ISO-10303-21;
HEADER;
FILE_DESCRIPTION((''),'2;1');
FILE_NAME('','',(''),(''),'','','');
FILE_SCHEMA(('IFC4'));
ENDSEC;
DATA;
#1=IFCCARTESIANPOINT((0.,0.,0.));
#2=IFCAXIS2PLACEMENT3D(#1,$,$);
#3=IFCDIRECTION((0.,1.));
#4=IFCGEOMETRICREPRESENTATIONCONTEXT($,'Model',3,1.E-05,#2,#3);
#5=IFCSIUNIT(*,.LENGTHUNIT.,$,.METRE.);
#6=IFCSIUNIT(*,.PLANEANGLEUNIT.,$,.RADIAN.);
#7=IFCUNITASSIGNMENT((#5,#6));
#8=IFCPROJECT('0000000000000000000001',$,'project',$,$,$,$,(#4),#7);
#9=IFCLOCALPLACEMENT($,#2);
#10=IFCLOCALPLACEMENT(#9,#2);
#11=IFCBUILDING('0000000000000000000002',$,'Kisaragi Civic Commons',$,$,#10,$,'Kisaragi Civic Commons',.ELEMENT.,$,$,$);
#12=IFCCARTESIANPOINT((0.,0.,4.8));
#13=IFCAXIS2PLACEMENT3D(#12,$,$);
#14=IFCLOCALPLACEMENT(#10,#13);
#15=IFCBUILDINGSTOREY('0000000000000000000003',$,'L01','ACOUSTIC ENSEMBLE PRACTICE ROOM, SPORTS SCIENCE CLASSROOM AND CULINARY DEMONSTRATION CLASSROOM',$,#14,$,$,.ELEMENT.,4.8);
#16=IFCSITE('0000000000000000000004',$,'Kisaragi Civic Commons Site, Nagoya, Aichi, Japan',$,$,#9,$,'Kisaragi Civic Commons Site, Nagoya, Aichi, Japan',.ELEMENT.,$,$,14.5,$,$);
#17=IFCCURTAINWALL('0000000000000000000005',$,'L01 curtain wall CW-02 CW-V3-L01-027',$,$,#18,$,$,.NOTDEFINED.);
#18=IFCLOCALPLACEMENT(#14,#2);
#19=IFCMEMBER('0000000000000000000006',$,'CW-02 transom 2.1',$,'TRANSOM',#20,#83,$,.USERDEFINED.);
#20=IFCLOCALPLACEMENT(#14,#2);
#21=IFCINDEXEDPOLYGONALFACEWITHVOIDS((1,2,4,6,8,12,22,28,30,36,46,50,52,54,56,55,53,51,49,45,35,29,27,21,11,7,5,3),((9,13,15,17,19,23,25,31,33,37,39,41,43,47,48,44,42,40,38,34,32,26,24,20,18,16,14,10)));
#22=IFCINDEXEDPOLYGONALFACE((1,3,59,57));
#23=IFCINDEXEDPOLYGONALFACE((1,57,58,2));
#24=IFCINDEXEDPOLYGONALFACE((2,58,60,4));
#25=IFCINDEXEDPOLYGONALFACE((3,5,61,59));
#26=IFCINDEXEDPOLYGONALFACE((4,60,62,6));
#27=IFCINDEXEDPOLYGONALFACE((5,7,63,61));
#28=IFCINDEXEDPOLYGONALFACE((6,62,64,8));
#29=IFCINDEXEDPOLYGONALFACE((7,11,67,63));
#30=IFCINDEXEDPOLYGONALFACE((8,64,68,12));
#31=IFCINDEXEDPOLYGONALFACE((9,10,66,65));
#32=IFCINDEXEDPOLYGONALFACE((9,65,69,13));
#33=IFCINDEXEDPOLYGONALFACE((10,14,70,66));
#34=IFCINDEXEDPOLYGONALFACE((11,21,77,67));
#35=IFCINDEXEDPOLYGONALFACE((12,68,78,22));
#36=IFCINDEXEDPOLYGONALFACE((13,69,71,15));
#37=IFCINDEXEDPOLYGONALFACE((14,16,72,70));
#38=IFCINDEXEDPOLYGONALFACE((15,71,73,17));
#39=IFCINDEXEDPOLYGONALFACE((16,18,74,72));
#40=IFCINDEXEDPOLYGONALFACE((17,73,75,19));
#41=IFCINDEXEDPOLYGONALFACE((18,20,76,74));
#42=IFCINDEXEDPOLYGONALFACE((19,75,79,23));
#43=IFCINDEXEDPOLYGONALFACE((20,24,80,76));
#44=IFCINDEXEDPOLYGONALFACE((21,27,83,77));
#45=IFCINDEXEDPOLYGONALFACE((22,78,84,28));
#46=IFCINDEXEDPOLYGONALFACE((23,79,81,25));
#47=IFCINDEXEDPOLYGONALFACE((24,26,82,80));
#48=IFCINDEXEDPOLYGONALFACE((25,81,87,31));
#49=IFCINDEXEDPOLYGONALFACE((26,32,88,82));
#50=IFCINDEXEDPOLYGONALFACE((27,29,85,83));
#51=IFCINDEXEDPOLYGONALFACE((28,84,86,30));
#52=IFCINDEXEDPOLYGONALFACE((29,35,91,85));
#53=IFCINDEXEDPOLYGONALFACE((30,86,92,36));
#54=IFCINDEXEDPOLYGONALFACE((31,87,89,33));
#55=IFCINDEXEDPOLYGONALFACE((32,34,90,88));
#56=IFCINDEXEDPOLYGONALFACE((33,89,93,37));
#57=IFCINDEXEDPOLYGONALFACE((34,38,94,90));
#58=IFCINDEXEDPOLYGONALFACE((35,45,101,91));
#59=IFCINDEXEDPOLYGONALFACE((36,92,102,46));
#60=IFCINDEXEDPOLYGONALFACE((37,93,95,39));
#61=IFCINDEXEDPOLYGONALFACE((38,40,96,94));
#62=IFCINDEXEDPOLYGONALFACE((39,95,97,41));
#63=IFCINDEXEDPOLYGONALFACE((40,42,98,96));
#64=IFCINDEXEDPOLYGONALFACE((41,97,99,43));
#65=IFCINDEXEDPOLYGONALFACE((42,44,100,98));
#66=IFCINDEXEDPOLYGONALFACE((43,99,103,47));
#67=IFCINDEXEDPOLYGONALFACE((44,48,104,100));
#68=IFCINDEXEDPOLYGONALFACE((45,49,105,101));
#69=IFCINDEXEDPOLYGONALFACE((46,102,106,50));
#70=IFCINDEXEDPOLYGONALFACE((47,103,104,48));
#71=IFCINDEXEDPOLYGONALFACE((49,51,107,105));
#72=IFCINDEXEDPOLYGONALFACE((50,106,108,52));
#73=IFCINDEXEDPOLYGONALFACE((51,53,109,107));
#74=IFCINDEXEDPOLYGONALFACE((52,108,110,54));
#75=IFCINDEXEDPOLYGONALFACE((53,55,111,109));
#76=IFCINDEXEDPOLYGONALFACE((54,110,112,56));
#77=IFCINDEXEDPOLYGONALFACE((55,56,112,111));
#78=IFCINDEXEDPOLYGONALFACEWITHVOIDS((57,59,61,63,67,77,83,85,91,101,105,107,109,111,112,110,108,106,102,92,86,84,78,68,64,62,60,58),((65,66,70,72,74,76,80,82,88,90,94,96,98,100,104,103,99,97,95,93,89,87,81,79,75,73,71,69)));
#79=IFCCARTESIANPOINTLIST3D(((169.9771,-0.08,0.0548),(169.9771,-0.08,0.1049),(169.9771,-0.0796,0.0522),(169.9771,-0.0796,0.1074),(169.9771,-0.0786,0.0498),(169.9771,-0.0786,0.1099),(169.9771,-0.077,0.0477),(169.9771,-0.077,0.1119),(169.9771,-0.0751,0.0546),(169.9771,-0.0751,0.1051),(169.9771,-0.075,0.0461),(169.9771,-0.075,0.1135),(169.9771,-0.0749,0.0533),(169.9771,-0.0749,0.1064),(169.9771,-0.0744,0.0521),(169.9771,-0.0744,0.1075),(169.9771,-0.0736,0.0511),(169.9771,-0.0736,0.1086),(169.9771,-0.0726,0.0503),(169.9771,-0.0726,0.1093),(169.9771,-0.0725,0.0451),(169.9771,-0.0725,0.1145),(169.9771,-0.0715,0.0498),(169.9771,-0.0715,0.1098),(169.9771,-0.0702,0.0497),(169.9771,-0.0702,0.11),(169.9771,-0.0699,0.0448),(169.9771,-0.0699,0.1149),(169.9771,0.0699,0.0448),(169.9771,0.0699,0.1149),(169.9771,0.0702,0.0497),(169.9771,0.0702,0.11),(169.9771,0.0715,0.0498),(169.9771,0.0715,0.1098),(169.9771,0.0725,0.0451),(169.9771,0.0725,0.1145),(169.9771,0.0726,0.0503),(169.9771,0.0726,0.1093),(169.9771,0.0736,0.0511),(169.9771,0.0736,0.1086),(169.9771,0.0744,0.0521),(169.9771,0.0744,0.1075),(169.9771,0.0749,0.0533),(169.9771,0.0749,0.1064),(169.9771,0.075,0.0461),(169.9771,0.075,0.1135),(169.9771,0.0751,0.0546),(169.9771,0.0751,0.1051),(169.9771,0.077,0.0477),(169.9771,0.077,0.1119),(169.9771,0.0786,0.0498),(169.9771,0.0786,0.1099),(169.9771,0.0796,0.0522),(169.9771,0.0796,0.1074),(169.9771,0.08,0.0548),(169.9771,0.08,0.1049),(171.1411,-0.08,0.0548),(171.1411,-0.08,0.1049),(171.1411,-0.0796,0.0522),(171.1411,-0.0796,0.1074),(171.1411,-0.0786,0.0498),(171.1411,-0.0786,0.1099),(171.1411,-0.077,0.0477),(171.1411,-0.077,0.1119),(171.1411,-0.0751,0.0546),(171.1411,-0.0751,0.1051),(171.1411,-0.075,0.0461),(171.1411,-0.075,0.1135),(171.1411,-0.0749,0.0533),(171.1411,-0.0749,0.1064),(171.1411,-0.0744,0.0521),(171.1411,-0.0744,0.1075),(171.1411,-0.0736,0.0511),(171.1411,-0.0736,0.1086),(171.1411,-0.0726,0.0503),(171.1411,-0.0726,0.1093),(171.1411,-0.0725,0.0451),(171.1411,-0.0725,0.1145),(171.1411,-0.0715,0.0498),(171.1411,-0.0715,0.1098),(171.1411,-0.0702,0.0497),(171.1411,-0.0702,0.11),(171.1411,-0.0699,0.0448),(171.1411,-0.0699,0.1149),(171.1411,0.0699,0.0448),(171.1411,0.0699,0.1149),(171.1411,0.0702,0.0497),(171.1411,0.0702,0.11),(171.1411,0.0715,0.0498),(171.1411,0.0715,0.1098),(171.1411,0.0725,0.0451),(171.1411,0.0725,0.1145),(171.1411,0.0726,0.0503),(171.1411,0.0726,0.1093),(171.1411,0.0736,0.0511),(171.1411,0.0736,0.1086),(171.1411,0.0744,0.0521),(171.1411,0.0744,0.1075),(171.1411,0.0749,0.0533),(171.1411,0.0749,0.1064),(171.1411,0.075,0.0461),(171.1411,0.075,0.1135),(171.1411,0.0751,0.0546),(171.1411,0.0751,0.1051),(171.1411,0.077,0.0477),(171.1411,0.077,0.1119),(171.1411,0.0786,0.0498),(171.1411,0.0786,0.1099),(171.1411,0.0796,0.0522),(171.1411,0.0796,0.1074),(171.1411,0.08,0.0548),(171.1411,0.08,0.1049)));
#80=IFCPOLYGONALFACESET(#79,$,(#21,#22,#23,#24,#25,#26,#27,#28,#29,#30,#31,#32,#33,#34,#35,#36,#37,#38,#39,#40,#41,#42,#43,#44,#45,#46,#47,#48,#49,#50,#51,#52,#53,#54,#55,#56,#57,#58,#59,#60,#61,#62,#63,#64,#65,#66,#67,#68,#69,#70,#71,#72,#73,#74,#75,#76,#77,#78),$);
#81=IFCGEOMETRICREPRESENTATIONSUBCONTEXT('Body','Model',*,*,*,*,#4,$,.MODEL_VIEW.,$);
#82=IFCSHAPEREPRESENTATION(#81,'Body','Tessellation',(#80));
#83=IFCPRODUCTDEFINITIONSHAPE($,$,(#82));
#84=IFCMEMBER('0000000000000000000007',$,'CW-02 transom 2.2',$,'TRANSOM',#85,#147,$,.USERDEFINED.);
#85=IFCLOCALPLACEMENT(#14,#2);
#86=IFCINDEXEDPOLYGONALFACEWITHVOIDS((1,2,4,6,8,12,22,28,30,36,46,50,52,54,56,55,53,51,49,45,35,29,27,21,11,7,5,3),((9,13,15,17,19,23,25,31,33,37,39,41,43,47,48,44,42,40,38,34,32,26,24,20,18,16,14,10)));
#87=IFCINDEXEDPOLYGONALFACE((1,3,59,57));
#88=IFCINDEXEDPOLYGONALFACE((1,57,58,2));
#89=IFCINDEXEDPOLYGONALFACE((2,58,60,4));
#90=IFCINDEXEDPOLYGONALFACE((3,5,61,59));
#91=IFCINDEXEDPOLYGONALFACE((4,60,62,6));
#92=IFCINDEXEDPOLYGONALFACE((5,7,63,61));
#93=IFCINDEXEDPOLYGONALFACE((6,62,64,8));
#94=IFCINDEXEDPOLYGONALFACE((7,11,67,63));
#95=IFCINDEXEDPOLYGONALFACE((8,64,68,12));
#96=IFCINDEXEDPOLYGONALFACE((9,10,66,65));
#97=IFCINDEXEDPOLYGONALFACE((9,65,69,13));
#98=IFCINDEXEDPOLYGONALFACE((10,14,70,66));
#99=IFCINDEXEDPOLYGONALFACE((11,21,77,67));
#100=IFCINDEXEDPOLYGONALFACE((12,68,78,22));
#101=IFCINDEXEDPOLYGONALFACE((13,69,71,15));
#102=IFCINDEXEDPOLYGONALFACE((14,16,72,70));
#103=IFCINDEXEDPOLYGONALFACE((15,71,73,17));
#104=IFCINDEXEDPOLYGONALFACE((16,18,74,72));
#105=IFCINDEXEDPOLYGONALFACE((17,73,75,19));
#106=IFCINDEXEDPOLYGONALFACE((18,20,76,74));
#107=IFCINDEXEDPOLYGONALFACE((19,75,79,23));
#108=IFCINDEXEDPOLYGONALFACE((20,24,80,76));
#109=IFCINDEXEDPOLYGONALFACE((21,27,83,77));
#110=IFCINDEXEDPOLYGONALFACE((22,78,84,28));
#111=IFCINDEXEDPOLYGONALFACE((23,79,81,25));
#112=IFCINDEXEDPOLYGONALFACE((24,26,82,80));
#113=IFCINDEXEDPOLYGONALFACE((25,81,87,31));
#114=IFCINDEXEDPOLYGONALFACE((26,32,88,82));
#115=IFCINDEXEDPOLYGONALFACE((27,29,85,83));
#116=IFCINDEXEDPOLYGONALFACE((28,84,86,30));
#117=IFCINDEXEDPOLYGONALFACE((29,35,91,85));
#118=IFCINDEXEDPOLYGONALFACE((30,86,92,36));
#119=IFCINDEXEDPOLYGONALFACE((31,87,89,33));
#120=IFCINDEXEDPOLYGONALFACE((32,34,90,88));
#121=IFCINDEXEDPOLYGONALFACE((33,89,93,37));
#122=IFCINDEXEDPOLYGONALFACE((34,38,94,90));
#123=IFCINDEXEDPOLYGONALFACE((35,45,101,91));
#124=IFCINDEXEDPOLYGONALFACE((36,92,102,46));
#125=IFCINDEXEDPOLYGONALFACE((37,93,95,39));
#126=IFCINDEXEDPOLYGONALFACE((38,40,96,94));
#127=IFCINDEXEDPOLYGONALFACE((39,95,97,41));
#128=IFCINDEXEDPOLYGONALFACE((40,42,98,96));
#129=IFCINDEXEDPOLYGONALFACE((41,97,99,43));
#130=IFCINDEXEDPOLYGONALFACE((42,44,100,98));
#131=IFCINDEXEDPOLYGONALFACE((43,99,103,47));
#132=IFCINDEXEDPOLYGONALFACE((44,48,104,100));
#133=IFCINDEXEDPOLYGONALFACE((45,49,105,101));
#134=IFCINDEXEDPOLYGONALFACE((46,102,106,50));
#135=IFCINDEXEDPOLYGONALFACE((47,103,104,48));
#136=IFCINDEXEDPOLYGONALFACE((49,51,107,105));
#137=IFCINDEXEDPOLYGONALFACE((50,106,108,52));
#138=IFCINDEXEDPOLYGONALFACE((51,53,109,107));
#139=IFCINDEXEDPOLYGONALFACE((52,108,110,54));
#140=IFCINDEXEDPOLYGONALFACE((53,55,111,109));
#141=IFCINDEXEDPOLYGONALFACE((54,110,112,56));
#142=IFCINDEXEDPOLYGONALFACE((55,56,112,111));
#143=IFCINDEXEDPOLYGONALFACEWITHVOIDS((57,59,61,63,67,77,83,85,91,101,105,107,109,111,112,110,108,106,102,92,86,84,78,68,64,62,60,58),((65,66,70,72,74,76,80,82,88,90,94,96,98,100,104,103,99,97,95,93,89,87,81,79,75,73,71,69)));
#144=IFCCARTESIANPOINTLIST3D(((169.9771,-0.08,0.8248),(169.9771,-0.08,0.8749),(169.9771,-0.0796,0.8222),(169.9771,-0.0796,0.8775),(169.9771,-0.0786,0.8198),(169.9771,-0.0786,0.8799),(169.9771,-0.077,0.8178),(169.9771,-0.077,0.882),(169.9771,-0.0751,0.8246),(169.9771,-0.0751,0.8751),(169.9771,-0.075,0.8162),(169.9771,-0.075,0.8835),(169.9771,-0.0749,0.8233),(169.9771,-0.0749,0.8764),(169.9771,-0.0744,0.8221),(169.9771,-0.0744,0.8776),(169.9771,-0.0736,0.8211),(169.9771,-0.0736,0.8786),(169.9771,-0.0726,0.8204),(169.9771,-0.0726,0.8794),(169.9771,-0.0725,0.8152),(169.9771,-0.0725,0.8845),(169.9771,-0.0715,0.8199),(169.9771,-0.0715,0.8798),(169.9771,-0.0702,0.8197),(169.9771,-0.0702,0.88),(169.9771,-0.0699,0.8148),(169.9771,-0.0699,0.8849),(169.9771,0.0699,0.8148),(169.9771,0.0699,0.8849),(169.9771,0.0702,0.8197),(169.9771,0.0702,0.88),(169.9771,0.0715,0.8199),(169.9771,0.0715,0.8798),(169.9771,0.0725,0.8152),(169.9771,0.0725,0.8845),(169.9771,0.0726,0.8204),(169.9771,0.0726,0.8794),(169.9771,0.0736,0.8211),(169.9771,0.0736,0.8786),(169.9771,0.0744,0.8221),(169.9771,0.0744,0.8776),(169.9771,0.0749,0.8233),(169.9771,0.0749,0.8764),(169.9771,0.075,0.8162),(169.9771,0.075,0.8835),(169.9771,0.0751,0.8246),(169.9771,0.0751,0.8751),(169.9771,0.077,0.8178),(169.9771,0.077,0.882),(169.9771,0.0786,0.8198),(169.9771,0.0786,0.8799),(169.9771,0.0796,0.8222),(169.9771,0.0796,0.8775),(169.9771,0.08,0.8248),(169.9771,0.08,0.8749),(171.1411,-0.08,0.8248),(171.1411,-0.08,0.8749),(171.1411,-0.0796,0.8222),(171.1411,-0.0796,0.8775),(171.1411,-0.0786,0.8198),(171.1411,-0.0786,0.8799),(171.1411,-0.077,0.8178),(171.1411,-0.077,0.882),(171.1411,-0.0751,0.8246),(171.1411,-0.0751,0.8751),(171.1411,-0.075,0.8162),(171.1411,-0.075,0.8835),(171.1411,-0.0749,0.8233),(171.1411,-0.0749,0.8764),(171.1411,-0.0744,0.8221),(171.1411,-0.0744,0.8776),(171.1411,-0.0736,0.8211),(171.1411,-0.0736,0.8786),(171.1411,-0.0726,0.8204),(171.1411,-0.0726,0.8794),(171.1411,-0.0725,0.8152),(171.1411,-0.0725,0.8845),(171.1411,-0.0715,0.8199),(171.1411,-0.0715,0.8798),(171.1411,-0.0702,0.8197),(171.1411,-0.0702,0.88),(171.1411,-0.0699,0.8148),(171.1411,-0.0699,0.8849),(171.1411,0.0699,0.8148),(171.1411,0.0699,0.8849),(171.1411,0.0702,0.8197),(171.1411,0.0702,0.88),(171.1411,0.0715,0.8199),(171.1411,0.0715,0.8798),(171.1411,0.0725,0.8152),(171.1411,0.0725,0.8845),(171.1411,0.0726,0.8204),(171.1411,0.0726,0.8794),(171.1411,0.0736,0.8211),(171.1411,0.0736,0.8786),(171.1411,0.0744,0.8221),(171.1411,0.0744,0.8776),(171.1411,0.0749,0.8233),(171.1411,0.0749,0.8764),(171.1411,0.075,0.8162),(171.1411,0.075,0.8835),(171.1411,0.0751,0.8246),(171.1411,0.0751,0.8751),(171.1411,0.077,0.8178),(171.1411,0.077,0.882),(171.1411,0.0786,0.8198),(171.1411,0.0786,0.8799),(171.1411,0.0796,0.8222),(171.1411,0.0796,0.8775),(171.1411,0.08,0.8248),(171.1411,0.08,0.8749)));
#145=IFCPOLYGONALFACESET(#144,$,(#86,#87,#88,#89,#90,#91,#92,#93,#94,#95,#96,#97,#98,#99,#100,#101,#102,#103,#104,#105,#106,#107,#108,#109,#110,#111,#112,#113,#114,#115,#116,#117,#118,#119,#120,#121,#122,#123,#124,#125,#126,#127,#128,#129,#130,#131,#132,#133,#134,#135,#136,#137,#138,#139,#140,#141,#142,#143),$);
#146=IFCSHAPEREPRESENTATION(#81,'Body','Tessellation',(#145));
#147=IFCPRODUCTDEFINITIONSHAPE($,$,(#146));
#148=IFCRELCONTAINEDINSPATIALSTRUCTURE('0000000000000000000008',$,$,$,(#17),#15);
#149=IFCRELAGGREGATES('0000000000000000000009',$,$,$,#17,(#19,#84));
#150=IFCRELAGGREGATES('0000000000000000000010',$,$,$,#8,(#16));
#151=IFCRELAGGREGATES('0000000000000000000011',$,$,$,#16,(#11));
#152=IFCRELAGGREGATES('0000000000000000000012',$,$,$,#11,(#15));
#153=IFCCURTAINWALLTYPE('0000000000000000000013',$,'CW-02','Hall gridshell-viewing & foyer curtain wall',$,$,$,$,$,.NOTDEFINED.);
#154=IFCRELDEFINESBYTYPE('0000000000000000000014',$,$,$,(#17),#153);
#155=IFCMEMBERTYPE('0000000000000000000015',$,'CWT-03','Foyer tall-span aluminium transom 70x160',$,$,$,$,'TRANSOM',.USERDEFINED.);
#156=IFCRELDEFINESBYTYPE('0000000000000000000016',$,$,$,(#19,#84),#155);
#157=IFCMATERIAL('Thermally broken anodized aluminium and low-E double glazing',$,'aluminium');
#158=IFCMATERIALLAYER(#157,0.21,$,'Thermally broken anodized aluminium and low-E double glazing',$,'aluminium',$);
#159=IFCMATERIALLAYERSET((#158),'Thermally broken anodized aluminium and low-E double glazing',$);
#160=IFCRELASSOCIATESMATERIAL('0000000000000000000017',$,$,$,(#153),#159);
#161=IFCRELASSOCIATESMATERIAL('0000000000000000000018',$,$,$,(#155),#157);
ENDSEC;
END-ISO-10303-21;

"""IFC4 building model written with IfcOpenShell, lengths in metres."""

from ifc_helpers import new_model, si_unit, direction, frame, origin, origin_2d, place, context, subcontext, project, spatial, hollow_rectangle, extrude, material, layer, layer_set, material_profile, profile_set, type_object, element, aggregate, save


model = new_model("IFC4")

# Units and contexts
model_context = context("Model", 3, precision=1e-05, world=origin(), true_north=direction((0.0, 1.0)))
body_context = subcontext(model_context, "Body", "Model", "MODEL_VIEW")
ifc_project = project(units=[si_unit("LENGTHUNIT", "METRE"), si_unit("PLANEANGLEUNIT", "RADIAN")], contexts=[model_context])

# Site, building, storey
site_placement = place(None, origin())
site = spatial("IfcSite", under=ifc_project, at=site_placement, Name="Kisaragi Civic Commons Site, Nagoya, Aichi, Japan", LongName="Kisaragi Civic Commons Site, Nagoya, Aichi, Japan", CompositionType="ELEMENT", RefElevation=14.5)
building_placement = place(site_placement, origin())
building = spatial("IfcBuilding", under=site, at=building_placement, Name="Kisaragi Civic Commons", LongName="Kisaragi Civic Commons", CompositionType="ELEMENT")
storey_placement = place(building_placement, frame((0.0, 0.0, 4.8)))
storey = spatial("IfcBuildingStorey", under=building, at=storey_placement, Name="L01", Description="ACOUSTIC ENSEMBLE PRACTICE ROOM, SPORTS SCIENCE CLASSROOM AND CULINARY DEMONSTRATION CLASSROOM", CompositionType="ELEMENT", Elevation=4.8)

# Curtain wall, members
ifc_material_1 = material(Name="Thermally broken anodized aluminium and low-E double glazing", Category="aluminium")
ifc_layer_1 = layer(ifc_material_1, 0.21, Name="Thermally broken anodized aluminium and low-E double glazing", Category="aluminium")
ifc_layer_set_1 = layer_set([ifc_layer_1], Name="Thermally broken anodized aluminium and low-E double glazing")
curtain_wall_type = type_object("IfcCurtainWallType", Name="CW-02", Description="Hall gridshell-viewing & foyer curtain wall", PredefinedType="NOTDEFINED", material=ifc_layer_set_1)
curtain_wall_placement = place(storey_placement, origin())
curtain_wall = element("IfcCurtainWall", 1, at=curtain_wall_placement, inside=storey, type_object=curtain_wall_type, Name="L01 curtain wall CW-02 CW-V3-L01-027", PredefinedType="NOTDEFINED")
ifc_material_profile_1 = material_profile(ifc_material_1, hollow_rectangle(XDim=0.1599, YDim=0.0701, WallThickness=0.0049, InnerFilletRadius=0.0049, OuterFilletRadius=0.01, at=origin_2d()), Name="CWT-70x160x5", Category="aluminium")
ifc_profile_set_1 = profile_set([ifc_material_profile_1], Name="Thermally broken anodized aluminium and low-E double glazing")
member_type_1 = type_object("IfcMemberType", Name="CWT-03", Description="Foyer tall-span aluminium transom 70x160", ElementType="TRANSOM", PredefinedType="USERDEFINED", material=ifc_profile_set_1)
member_1_placement = place(storey_placement, frame((171.1411, 0.0, 0.0798), z_axis=(-1.0, 0.0, 0.0), x_axis=(0.0, -1.0, 0.0)))
member_1 = element("IfcMember", 2, at=member_1_placement, type_object=member_type_1, Name="CW-02 transom 2.1", ObjectType="TRANSOM", PredefinedType="USERDEFINED", context=body_context, shape_type="SweptSolid", body=[
    extrude(hollow_rectangle(XDim=0.1599, YDim=0.0701, WallThickness=0.0049, InnerFilletRadius=0.0049, OuterFilletRadius=0.01, at=origin_2d()), origin(), (0.0, 0.0, 1.0), 1.1641),
])
member_2_placement = place(storey_placement, frame((171.1411, 0.0, 0.8499), z_axis=(-1.0, 0.0, 0.0), x_axis=(0.0, -1.0, 0.0)))
member_2 = element("IfcMember", 3, at=member_2_placement, type_object=member_type_1, Name="CW-02 transom 2.2", ObjectType="TRANSOM", PredefinedType="USERDEFINED", context=body_context, shape_type="SweptSolid", body=[
    extrude(hollow_rectangle(XDim=0.1599, YDim=0.0701, WallThickness=0.0049, InnerFilletRadius=0.0049, OuterFilletRadius=0.01, at=origin_2d()), origin(), (0.0, 0.0, 1.0), 1.1641),
])

aggregate(curtain_wall, [member_1, member_2])

save(model, "model.ifc")
